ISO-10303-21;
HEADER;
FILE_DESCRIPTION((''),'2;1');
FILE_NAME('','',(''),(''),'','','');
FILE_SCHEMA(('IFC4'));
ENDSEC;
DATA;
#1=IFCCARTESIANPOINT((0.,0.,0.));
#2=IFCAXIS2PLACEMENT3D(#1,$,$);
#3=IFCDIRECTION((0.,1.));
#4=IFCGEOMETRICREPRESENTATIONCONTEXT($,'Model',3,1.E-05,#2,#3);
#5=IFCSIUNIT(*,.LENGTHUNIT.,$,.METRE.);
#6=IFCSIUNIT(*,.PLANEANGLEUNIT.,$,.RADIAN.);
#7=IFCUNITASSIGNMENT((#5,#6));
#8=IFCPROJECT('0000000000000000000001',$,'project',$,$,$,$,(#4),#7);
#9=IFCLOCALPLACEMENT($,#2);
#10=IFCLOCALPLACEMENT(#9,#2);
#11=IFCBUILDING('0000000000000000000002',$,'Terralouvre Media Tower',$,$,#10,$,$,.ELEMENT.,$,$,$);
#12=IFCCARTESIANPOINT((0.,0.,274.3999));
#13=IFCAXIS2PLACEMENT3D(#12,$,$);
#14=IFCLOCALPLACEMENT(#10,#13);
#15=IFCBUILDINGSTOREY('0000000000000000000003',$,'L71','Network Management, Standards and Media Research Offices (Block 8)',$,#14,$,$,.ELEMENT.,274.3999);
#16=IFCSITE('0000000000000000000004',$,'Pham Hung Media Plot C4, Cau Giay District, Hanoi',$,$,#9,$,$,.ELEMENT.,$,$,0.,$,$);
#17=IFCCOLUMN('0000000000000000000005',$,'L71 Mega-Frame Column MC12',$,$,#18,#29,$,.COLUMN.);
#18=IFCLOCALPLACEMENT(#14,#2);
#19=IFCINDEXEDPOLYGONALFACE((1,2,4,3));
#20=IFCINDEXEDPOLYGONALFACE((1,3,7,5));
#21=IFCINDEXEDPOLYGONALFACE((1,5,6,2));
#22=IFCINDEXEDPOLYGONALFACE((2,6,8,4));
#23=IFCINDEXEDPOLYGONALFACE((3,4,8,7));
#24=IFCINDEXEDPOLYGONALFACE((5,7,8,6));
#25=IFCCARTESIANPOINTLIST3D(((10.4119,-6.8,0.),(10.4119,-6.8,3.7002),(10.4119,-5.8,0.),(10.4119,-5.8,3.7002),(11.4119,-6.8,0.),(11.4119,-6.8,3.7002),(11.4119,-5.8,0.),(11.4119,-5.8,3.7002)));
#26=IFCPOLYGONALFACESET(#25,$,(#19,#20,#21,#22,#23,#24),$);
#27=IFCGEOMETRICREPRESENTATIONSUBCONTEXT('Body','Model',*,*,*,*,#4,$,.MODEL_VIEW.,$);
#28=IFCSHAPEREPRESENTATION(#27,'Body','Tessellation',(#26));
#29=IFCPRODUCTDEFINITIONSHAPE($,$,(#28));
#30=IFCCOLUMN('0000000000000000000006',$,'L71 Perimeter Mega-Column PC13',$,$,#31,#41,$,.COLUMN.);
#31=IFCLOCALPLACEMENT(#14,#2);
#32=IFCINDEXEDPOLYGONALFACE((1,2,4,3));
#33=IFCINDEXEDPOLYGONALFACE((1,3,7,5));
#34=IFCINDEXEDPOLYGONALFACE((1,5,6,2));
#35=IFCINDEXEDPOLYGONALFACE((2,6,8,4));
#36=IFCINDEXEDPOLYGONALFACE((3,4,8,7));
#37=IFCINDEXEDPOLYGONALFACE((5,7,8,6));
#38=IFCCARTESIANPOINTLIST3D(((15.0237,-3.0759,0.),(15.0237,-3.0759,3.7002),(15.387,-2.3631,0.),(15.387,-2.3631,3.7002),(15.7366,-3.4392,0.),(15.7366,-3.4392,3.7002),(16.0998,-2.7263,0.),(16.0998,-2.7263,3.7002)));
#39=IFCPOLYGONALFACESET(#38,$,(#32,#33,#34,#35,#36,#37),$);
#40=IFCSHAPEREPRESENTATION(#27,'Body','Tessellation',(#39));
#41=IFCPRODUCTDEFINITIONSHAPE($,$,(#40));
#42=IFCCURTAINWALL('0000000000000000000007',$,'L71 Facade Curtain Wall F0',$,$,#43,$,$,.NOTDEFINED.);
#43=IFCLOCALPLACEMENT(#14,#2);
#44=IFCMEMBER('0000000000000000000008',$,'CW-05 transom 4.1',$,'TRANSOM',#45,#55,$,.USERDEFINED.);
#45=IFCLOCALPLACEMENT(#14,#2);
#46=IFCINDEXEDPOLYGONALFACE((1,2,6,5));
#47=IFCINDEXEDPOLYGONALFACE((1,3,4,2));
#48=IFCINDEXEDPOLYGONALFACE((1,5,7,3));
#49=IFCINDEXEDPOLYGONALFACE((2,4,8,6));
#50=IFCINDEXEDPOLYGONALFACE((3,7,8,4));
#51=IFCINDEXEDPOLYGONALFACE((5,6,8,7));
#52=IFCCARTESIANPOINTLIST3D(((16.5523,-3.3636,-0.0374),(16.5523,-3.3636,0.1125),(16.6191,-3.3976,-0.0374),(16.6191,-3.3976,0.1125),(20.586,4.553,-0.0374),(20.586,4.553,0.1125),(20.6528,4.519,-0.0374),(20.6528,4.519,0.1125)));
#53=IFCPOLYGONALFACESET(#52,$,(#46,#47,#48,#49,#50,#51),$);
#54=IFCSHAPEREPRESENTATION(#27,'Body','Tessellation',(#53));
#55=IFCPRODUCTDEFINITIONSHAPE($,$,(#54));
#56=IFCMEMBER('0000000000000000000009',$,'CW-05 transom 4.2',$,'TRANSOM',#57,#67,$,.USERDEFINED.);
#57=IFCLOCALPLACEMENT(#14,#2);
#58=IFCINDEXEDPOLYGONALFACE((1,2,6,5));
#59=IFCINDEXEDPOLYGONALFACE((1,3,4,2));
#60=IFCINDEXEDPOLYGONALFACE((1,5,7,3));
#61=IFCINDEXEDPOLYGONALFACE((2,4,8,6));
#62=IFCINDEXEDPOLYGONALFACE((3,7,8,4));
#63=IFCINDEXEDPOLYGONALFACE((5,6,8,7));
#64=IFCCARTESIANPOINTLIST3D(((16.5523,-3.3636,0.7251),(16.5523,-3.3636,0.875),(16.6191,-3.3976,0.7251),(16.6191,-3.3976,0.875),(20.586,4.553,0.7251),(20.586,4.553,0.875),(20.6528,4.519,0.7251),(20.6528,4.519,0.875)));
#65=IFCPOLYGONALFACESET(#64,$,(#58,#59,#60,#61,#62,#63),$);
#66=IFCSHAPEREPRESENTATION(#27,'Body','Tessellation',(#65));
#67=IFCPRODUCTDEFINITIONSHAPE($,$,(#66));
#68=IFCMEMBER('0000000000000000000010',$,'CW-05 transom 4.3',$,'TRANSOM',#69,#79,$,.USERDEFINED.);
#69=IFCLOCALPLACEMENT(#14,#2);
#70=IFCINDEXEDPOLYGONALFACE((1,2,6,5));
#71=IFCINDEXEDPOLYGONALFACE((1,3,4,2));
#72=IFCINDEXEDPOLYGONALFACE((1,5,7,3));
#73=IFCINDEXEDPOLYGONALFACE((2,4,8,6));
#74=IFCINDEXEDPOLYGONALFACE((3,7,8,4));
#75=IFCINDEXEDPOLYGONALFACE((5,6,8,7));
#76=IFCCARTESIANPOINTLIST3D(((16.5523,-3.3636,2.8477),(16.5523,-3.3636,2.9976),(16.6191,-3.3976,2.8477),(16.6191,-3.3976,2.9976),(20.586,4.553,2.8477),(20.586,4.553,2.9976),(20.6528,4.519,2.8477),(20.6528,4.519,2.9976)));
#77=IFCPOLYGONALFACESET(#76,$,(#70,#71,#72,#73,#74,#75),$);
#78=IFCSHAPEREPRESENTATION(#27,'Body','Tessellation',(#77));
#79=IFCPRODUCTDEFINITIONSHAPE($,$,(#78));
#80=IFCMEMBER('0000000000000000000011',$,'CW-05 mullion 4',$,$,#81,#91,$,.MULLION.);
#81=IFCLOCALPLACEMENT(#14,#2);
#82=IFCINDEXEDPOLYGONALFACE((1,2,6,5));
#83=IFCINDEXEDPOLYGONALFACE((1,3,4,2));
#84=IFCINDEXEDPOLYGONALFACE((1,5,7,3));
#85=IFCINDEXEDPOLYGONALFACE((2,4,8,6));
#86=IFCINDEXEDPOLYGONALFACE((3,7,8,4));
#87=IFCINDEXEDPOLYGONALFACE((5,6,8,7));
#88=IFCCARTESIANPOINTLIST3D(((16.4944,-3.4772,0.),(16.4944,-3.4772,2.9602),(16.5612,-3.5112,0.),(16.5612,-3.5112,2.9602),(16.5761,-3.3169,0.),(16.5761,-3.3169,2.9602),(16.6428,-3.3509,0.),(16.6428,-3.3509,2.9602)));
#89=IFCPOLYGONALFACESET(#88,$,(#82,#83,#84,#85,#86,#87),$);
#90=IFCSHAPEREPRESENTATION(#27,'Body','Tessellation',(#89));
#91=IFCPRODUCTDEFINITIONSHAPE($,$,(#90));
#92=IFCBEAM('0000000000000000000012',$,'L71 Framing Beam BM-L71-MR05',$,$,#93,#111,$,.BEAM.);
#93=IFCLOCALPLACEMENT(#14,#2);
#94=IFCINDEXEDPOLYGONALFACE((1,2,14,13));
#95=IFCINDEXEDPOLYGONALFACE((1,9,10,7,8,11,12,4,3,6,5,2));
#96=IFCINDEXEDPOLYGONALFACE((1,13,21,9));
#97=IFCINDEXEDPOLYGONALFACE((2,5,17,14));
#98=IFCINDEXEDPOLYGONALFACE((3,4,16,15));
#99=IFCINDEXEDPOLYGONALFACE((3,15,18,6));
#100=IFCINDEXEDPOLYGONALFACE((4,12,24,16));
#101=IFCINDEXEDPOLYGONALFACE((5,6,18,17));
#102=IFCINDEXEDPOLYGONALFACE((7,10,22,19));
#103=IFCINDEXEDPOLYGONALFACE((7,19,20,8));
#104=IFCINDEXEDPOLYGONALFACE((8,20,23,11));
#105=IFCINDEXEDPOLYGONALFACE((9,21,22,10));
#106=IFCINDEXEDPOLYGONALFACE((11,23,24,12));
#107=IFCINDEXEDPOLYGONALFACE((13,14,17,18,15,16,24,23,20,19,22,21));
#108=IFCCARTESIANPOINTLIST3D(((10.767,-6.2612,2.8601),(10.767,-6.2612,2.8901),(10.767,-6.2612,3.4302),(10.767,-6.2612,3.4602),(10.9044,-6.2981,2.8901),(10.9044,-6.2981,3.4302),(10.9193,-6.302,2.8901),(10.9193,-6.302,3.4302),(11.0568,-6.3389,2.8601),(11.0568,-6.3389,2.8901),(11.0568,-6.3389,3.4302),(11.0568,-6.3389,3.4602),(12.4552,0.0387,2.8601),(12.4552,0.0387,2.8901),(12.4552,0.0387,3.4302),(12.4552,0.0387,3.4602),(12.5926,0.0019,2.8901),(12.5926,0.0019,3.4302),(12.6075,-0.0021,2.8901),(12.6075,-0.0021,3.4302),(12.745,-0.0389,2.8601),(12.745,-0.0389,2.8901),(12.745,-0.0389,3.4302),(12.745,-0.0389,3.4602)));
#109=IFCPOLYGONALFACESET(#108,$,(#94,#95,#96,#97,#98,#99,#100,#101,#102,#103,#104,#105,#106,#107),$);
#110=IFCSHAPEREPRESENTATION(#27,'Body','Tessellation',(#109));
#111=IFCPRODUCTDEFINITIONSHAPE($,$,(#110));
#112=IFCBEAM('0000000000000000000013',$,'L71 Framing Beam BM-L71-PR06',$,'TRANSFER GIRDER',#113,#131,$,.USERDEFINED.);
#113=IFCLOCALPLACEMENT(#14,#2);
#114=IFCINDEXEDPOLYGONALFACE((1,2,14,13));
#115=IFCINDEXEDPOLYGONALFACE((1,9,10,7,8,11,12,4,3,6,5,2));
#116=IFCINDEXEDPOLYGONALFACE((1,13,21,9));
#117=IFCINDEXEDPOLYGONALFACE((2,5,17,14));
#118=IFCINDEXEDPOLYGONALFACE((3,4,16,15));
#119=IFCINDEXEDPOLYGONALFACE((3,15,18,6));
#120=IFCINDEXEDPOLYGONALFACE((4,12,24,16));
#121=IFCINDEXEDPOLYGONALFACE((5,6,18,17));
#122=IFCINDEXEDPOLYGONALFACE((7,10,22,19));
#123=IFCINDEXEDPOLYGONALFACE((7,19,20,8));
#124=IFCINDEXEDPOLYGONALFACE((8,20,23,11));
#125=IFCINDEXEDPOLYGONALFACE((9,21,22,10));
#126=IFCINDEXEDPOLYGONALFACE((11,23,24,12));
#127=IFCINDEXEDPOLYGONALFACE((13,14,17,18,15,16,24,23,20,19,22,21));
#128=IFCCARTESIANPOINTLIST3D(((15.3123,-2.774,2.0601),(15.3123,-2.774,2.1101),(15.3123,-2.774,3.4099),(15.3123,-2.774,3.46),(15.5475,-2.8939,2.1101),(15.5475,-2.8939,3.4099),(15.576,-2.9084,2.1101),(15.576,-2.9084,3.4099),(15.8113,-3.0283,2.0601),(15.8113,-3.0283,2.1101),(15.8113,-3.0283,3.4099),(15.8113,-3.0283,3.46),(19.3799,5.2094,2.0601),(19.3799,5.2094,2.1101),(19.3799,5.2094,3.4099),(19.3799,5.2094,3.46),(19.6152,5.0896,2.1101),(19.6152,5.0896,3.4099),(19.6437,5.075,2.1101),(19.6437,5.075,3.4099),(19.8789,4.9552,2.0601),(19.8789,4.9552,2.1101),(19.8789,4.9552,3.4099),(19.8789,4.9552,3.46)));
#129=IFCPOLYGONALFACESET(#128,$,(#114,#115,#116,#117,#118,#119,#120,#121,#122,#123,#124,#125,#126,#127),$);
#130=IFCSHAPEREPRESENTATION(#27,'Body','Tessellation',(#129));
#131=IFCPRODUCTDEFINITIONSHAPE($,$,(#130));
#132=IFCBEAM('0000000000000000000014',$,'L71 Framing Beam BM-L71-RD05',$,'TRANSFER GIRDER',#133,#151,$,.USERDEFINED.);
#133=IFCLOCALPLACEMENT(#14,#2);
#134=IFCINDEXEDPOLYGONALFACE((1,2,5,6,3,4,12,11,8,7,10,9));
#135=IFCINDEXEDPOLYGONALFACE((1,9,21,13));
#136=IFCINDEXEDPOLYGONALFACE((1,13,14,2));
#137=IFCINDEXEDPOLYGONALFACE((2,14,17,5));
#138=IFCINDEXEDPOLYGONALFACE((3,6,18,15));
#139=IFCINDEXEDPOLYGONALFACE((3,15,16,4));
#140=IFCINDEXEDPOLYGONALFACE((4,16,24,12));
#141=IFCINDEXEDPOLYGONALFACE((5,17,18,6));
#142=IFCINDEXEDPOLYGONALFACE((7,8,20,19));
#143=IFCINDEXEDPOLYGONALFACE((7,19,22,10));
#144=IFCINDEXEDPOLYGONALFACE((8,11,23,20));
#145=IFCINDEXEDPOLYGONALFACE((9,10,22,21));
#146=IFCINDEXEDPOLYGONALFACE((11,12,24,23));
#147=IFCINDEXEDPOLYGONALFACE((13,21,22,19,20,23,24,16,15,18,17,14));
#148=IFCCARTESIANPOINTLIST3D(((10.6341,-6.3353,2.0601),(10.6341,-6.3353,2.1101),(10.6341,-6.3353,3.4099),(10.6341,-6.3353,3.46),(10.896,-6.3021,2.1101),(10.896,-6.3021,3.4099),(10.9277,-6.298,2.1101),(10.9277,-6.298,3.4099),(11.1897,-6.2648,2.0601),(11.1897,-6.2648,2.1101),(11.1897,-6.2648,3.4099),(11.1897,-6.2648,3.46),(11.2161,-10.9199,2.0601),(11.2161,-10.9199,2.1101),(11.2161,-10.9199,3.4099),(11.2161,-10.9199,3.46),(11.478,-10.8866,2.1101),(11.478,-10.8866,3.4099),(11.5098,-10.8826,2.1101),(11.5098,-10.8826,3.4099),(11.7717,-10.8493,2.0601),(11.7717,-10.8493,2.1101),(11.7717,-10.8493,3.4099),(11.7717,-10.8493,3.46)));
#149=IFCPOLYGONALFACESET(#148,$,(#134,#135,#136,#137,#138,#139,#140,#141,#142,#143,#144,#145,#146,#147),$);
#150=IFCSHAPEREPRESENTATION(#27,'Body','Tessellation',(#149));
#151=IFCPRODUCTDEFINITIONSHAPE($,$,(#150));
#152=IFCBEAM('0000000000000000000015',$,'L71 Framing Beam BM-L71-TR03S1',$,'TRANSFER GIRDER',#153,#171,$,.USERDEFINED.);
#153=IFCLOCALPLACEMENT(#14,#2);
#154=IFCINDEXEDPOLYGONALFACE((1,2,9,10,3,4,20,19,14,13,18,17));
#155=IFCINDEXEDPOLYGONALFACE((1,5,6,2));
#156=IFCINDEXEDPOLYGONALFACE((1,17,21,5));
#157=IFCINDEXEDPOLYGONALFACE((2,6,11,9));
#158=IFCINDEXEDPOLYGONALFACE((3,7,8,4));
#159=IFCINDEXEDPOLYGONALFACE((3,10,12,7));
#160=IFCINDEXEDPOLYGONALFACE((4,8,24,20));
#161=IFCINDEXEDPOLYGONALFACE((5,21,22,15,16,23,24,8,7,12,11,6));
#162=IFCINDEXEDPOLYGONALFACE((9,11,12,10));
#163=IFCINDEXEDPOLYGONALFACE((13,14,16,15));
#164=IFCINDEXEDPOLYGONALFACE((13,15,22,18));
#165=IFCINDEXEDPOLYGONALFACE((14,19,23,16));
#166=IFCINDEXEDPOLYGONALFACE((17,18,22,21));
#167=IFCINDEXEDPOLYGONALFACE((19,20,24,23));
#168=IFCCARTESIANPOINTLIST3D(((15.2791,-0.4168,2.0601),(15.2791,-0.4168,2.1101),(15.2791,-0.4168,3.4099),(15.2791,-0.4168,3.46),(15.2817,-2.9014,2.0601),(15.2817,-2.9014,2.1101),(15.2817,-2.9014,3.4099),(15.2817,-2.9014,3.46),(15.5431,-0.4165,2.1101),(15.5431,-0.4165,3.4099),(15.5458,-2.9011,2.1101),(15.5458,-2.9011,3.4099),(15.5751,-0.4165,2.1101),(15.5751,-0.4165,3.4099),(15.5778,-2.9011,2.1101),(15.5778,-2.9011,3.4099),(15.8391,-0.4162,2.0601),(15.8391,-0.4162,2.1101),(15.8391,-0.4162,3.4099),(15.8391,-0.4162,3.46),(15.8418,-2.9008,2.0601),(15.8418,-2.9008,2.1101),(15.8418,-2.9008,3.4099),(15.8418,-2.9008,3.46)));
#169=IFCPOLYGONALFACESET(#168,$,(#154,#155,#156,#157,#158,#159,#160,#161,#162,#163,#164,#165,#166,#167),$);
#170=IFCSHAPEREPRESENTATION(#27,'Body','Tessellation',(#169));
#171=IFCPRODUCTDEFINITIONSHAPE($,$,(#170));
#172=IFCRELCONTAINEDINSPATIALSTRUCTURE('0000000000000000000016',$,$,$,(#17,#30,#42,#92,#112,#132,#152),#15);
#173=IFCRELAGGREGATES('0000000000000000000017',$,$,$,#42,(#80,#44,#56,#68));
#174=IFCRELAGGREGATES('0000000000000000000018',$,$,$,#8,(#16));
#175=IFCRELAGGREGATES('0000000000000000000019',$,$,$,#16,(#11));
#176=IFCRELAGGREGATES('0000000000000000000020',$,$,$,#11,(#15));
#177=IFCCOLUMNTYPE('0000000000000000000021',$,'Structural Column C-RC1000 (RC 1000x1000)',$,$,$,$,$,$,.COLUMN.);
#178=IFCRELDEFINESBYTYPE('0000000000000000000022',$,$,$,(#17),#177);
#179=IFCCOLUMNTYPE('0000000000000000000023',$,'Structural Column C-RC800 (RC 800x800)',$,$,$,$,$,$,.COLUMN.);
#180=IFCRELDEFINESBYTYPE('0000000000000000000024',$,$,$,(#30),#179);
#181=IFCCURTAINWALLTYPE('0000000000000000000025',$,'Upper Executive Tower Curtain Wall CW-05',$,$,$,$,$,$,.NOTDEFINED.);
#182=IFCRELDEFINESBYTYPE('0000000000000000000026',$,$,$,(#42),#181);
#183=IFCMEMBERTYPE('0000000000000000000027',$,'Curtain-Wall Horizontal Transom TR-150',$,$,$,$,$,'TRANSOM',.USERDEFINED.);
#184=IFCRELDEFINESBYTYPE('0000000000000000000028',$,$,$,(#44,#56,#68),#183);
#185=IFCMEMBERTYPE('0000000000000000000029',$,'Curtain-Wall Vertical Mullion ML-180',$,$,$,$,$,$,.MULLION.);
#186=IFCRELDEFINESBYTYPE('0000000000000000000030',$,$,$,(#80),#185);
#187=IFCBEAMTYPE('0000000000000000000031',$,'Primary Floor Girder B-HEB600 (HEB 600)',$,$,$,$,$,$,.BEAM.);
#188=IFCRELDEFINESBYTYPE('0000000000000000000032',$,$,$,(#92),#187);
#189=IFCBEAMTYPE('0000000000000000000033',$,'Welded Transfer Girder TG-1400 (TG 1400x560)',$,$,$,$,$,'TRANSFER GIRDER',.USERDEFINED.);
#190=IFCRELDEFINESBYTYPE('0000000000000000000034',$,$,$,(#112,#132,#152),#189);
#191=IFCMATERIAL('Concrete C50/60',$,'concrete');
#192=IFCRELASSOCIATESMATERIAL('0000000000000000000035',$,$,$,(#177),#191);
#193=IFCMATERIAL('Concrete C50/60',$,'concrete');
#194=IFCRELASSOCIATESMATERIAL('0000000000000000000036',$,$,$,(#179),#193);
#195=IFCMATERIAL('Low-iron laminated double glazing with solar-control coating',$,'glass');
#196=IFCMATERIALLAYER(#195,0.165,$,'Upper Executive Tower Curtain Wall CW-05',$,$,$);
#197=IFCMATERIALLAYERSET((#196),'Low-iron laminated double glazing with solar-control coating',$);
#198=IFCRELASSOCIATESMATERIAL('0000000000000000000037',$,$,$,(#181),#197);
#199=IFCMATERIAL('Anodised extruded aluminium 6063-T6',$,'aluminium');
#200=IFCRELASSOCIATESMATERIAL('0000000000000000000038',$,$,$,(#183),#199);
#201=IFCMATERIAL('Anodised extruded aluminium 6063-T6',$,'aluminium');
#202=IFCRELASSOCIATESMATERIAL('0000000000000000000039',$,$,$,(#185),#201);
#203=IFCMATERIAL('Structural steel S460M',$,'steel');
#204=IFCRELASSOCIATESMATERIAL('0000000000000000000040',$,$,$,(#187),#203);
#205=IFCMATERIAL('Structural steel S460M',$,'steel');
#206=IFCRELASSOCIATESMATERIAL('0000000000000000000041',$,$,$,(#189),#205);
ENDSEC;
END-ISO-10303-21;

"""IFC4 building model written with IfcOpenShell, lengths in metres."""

from ifc_helpers import new_model, si_unit, direction, frame, origin, origin_2d, place, context, subcontext, project, spatial, rectangle, i_section, extrude, material, layer, layer_set, material_profile, profile_set, type_object, element, aggregate, save


model = new_model("IFC4")

# Units and contexts
model_context = context("Model", 3, precision=1e-05, world=origin(), true_north=direction((0.0, 1.0)))
body_context = subcontext(model_context, "Body", "Model", "MODEL_VIEW")
ifc_project = project(units=[si_unit("LENGTHUNIT", "METRE"), si_unit("PLANEANGLEUNIT", "RADIAN")], contexts=[model_context])

# Site, building, storey
site_placement = place(None, origin())
site = spatial("IfcSite", under=ifc_project, at=site_placement, Name="Pham Hung Media Plot C4, Cau Giay District, Hanoi", CompositionType="ELEMENT", RefElevation=0.0)
building_placement = place(site_placement, origin())
building = spatial("IfcBuilding", under=site, at=building_placement, Name="Terralouvre Media Tower", CompositionType="ELEMENT")
storey_placement = place(building_placement, frame((0.0, 0.0, 274.3999)))
storey = spatial("IfcBuildingStorey", under=building, at=storey_placement, Name="L71", Description="Network Management, Standards and Media Research Offices (Block 8)", CompositionType="ELEMENT", Elevation=274.3999)

# Columns
ifc_material_1 = material(Name="Concrete C50/60", Category="concrete")
ifc_material_profile_1 = material_profile(ifc_material_1, rectangle(XDim=1.0, YDim=1.0, at=origin_2d()), Name="RC 1000x1000")
ifc_profile_set_1 = profile_set([ifc_material_profile_1], Name="Concrete C50/60")
column_type_1 = type_object("IfcColumnType", Name="Structural Column C-RC1000 (RC 1000x1000)", PredefinedType="COLUMN", material=ifc_profile_set_1)
column_1_placement = place(storey_placement, frame((10.9119, -6.3, 0.0), z_axis=(0.0, 0.0, 1.0), x_axis=(1.0, 0.0, 0.0)))
element("IfcColumn", 1, at=column_1_placement, inside=storey, type_object=column_type_1, Name="L71 Mega-Frame Column MC12", PredefinedType="COLUMN", context=body_context, shape_type="SweptSolid", body=[
    extrude(rectangle(XDim=1.0, YDim=1.0, at=origin_2d()), origin(), (0.0, 0.0, 1.0), 3.7002),
])
ifc_material_2 = material(Name="Concrete C50/60", Category="concrete")
ifc_material_profile_2 = material_profile(ifc_material_2, rectangle(XDim=0.8, YDim=0.8, at=origin_2d()), Name="RC 800x800")
ifc_profile_set_2 = profile_set([ifc_material_profile_2], Name="Concrete C50/60")
column_type_2 = type_object("IfcColumnType", Name="Structural Column C-RC800 (RC 800x800)", PredefinedType="COLUMN", material=ifc_profile_set_2)
column_2_placement = place(storey_placement, frame((15.5618, -2.9011, 0.0), z_axis=(0.0, 0.0, 1.0), x_axis=(0.45399, 0.891007, 0.0)))
element("IfcColumn", 2, at=column_2_placement, inside=storey, type_object=column_type_2, Name="L71 Perimeter Mega-Column PC13", PredefinedType="COLUMN", context=body_context, shape_type="SweptSolid", body=[
    extrude(rectangle(XDim=0.8, YDim=0.8, at=origin_2d()), origin(), (0.0, 0.0, 1.0), 3.7002),
])

# Curtain wall, members
ifc_material_3 = material(Name="Low-iron laminated double glazing with solar-control coating", Category="glass")
ifc_layer_1 = layer(ifc_material_3, 0.165, Name="Upper Executive Tower Curtain Wall CW-05")
ifc_layer_set_1 = layer_set([ifc_layer_1], Name="Low-iron laminated double glazing with solar-control coating")
curtain_wall_type = type_object("IfcCurtainWallType", Name="Upper Executive Tower Curtain Wall CW-05", PredefinedType="NOTDEFINED", material=ifc_layer_set_1)
curtain_wall_placement = place(storey_placement, origin())
curtain_wall = element("IfcCurtainWall", 3, at=curtain_wall_placement, inside=storey, type_object=curtain_wall_type, Name="L71 Facade Curtain Wall F0", PredefinedType="NOTDEFINED")
ifc_material_4 = material(Name="Anodised extruded aluminium 6063-T6", Category="aluminium")
ifc_material_profile_3 = material_profile(ifc_material_4, rectangle(XDim=0.075, YDim=0.1499, at=origin_2d()), Name="ALU 75x150")
ifc_profile_set_3 = profile_set([ifc_material_profile_3], Name="Anodised extruded aluminium 6063-T6")
member_type_1 = type_object("IfcMemberType", Name="Curtain-Wall Horizontal Transom TR-150", ElementType="TRANSOM", PredefinedType="USERDEFINED", material=ifc_profile_set_3)
member_1_placement = place(storey_placement, frame((16.5857, -3.3806, 0.0376), z_axis=(0.453993, 0.891005, 0.0), x_axis=(-0.891005, 0.453993, 0.0)))
member_1 = element("IfcMember", 4, at=member_1_placement, type_object=member_type_1, Name="CW-05 transom 4.1", ObjectType="TRANSOM", PredefinedType="USERDEFINED", context=body_context, shape_type="SweptSolid", body=[
    extrude(rectangle(XDim=0.075, YDim=0.1499, at=origin_2d()), origin(), (0.0, 0.0, 1.0), 8.885),
])
member_2_placement = place(storey_placement, frame((16.5857, -3.3806, 0.8), z_axis=(0.453993, 0.891005, 0.0), x_axis=(-0.891005, 0.453993, 0.0)))
member_2 = element("IfcMember", 5, at=member_2_placement, type_object=member_type_1, Name="CW-05 transom 4.2", ObjectType="TRANSOM", PredefinedType="USERDEFINED", context=body_context, shape_type="SweptSolid", body=[
    extrude(rectangle(XDim=0.075, YDim=0.1499, at=origin_2d()), origin(), (0.0, 0.0, 1.0), 8.885),
])
member_3_placement = place(storey_placement, frame((16.5857, -3.3806, 2.9226), z_axis=(0.453993, 0.891005, 0.0), x_axis=(-0.891005, 0.453993, 0.0)))
member_3 = element("IfcMember", 6, at=member_3_placement, type_object=member_type_1, Name="CW-05 transom 4.3", ObjectType="TRANSOM", PredefinedType="USERDEFINED", context=body_context, shape_type="SweptSolid", body=[
    extrude(rectangle(XDim=0.075, YDim=0.1499, at=origin_2d()), origin(), (0.0, 0.0, 1.0), 8.885),
])
ifc_material_5 = material(Name="Anodised extruded aluminium 6063-T6", Category="aluminium")
ifc_material_profile_4 = material_profile(ifc_material_5, rectangle(XDim=0.075, YDim=0.1799, at=origin_2d()), Name="ALU 75x180")
ifc_profile_set_4 = profile_set([ifc_material_profile_4], Name="Anodised extruded aluminium 6063-T6")
member_type_2 = type_object("IfcMemberType", Name="Curtain-Wall Vertical Mullion ML-180", PredefinedType="MULLION", material=ifc_profile_set_4)
member_4_placement = place(storey_placement, frame((16.5686, -3.4141, 0.0), z_axis=(0.0, 0.0, 1.0), x_axis=(-0.891007, 0.45399, 0.0)))
member_4 = element("IfcMember", 7, at=member_4_placement, type_object=member_type_2, Name="CW-05 mullion 4", PredefinedType="MULLION", context=body_context, shape_type="SweptSolid", body=[
    extrude(rectangle(XDim=0.075, YDim=0.1799, at=origin_2d()), origin(), (0.0, 0.0, 1.0), 2.9602),
])

# Beams
ifc_material_6 = material(Name="Structural steel S460M", Category="steel")
ifc_material_profile_5 = material_profile(ifc_material_6, i_section(OverallWidth=0.3, OverallDepth=0.6001, WebThickness=0.0154, FlangeThickness=0.03, at=origin_2d()), Name="HEB 600")
ifc_profile_set_5 = profile_set([ifc_material_profile_5], Name="Structural steel S460M")
beam_type_1 = type_object("IfcBeamType", Name="Primary Floor Girder B-HEB600 (HEB 600)", PredefinedType="BEAM", material=ifc_profile_set_5)
beam_1_placement = place(storey_placement, frame((10.9119, -6.3, 3.1602), z_axis=(0.258839, 0.96592, 0.0), x_axis=(-0.96592, 0.258839, 0.0)))
element("IfcBeam", 8, at=beam_1_placement, inside=storey, type_object=beam_type_1, Name="L71 Framing Beam BM-L71-MR05", PredefinedType="BEAM", context=body_context, shape_type="SweptSolid", body=[
    extrude(i_section(OverallWidth=0.3, OverallDepth=0.6001, WebThickness=0.0154, FlangeThickness=0.03, at=origin_2d()), origin(), (0.0, 0.0, 1.0), 6.5222),
])
ifc_material_7 = material(Name="Structural steel S460M", Category="steel")
ifc_material_profile_6 = material_profile(ifc_material_7, i_section(OverallWidth=0.5601, OverallDepth=1.3999, WebThickness=0.032, FlangeThickness=0.05, at=origin_2d()), Name="TG 1400x560")
ifc_profile_set_6 = profile_set([ifc_material_profile_6], Name="Structural steel S460M")
beam_type_2 = type_object("IfcBeamType", Name="Welded Transfer Girder TG-1400 (TG 1400x560)", ElementType="TRANSFER GIRDER", PredefinedType="USERDEFINED", material=ifc_profile_set_6)
beam_2_placement = place(storey_placement, frame((15.5618, -2.9011, 2.76), z_axis=(0.45398, 0.891012, 0.0), x_axis=(-0.891012, 0.45398, 0.0)))
element("IfcBeam", 9, at=beam_2_placement, inside=storey, type_object=beam_type_2, Name="L71 Framing Beam BM-L71-PR06", ObjectType="TRANSFER GIRDER", PredefinedType="USERDEFINED", context=body_context, shape_type="SweptSolid", body=[
    extrude(i_section(OverallWidth=0.5601, OverallDepth=1.3999, WebThickness=0.032, FlangeThickness=0.05, at=origin_2d()), origin(), (0.0, 0.0, 1.0), 8.96),
])
beam_3_placement = place(storey_placement, frame((10.9119, -6.3, 2.76), z_axis=(0.125946, -0.992037, 0.0), x_axis=(0.992037, 0.125946, 0.0)))
element("IfcBeam", 10, at=beam_3_placement, inside=storey, type_object=beam_type_2, Name="L71 Framing Beam BM-L71-RD05", ObjectType="TRANSFER GIRDER", PredefinedType="USERDEFINED", context=body_context, shape_type="SweptSolid", body=[
    extrude(i_section(OverallWidth=0.5601, OverallDepth=1.3999, WebThickness=0.032, FlangeThickness=0.05, at=origin_2d()), origin(), (0.0, 0.0, 1.0), 4.6213),
])
beam_4_placement = place(storey_placement, frame((15.5591, -0.4165, 2.76), z_axis=(0.001081, -0.999999, 0.0), x_axis=(0.999999, 0.001081, 0.0)))
element("IfcBeam", 11, at=beam_4_placement, inside=storey, type_object=beam_type_2, Name="L71 Framing Beam BM-L71-TR03S1", ObjectType="TRANSFER GIRDER", PredefinedType="USERDEFINED", context=body_context, shape_type="SweptSolid", body=[
    extrude(i_section(OverallWidth=0.5601, OverallDepth=1.3999, WebThickness=0.032, FlangeThickness=0.05, at=origin_2d()), origin(), (0.0, 0.0, 1.0), 2.4846),
])

aggregate(curtain_wall, [member_4, member_1, member_2, member_3])

save(model, "model.ifc")
